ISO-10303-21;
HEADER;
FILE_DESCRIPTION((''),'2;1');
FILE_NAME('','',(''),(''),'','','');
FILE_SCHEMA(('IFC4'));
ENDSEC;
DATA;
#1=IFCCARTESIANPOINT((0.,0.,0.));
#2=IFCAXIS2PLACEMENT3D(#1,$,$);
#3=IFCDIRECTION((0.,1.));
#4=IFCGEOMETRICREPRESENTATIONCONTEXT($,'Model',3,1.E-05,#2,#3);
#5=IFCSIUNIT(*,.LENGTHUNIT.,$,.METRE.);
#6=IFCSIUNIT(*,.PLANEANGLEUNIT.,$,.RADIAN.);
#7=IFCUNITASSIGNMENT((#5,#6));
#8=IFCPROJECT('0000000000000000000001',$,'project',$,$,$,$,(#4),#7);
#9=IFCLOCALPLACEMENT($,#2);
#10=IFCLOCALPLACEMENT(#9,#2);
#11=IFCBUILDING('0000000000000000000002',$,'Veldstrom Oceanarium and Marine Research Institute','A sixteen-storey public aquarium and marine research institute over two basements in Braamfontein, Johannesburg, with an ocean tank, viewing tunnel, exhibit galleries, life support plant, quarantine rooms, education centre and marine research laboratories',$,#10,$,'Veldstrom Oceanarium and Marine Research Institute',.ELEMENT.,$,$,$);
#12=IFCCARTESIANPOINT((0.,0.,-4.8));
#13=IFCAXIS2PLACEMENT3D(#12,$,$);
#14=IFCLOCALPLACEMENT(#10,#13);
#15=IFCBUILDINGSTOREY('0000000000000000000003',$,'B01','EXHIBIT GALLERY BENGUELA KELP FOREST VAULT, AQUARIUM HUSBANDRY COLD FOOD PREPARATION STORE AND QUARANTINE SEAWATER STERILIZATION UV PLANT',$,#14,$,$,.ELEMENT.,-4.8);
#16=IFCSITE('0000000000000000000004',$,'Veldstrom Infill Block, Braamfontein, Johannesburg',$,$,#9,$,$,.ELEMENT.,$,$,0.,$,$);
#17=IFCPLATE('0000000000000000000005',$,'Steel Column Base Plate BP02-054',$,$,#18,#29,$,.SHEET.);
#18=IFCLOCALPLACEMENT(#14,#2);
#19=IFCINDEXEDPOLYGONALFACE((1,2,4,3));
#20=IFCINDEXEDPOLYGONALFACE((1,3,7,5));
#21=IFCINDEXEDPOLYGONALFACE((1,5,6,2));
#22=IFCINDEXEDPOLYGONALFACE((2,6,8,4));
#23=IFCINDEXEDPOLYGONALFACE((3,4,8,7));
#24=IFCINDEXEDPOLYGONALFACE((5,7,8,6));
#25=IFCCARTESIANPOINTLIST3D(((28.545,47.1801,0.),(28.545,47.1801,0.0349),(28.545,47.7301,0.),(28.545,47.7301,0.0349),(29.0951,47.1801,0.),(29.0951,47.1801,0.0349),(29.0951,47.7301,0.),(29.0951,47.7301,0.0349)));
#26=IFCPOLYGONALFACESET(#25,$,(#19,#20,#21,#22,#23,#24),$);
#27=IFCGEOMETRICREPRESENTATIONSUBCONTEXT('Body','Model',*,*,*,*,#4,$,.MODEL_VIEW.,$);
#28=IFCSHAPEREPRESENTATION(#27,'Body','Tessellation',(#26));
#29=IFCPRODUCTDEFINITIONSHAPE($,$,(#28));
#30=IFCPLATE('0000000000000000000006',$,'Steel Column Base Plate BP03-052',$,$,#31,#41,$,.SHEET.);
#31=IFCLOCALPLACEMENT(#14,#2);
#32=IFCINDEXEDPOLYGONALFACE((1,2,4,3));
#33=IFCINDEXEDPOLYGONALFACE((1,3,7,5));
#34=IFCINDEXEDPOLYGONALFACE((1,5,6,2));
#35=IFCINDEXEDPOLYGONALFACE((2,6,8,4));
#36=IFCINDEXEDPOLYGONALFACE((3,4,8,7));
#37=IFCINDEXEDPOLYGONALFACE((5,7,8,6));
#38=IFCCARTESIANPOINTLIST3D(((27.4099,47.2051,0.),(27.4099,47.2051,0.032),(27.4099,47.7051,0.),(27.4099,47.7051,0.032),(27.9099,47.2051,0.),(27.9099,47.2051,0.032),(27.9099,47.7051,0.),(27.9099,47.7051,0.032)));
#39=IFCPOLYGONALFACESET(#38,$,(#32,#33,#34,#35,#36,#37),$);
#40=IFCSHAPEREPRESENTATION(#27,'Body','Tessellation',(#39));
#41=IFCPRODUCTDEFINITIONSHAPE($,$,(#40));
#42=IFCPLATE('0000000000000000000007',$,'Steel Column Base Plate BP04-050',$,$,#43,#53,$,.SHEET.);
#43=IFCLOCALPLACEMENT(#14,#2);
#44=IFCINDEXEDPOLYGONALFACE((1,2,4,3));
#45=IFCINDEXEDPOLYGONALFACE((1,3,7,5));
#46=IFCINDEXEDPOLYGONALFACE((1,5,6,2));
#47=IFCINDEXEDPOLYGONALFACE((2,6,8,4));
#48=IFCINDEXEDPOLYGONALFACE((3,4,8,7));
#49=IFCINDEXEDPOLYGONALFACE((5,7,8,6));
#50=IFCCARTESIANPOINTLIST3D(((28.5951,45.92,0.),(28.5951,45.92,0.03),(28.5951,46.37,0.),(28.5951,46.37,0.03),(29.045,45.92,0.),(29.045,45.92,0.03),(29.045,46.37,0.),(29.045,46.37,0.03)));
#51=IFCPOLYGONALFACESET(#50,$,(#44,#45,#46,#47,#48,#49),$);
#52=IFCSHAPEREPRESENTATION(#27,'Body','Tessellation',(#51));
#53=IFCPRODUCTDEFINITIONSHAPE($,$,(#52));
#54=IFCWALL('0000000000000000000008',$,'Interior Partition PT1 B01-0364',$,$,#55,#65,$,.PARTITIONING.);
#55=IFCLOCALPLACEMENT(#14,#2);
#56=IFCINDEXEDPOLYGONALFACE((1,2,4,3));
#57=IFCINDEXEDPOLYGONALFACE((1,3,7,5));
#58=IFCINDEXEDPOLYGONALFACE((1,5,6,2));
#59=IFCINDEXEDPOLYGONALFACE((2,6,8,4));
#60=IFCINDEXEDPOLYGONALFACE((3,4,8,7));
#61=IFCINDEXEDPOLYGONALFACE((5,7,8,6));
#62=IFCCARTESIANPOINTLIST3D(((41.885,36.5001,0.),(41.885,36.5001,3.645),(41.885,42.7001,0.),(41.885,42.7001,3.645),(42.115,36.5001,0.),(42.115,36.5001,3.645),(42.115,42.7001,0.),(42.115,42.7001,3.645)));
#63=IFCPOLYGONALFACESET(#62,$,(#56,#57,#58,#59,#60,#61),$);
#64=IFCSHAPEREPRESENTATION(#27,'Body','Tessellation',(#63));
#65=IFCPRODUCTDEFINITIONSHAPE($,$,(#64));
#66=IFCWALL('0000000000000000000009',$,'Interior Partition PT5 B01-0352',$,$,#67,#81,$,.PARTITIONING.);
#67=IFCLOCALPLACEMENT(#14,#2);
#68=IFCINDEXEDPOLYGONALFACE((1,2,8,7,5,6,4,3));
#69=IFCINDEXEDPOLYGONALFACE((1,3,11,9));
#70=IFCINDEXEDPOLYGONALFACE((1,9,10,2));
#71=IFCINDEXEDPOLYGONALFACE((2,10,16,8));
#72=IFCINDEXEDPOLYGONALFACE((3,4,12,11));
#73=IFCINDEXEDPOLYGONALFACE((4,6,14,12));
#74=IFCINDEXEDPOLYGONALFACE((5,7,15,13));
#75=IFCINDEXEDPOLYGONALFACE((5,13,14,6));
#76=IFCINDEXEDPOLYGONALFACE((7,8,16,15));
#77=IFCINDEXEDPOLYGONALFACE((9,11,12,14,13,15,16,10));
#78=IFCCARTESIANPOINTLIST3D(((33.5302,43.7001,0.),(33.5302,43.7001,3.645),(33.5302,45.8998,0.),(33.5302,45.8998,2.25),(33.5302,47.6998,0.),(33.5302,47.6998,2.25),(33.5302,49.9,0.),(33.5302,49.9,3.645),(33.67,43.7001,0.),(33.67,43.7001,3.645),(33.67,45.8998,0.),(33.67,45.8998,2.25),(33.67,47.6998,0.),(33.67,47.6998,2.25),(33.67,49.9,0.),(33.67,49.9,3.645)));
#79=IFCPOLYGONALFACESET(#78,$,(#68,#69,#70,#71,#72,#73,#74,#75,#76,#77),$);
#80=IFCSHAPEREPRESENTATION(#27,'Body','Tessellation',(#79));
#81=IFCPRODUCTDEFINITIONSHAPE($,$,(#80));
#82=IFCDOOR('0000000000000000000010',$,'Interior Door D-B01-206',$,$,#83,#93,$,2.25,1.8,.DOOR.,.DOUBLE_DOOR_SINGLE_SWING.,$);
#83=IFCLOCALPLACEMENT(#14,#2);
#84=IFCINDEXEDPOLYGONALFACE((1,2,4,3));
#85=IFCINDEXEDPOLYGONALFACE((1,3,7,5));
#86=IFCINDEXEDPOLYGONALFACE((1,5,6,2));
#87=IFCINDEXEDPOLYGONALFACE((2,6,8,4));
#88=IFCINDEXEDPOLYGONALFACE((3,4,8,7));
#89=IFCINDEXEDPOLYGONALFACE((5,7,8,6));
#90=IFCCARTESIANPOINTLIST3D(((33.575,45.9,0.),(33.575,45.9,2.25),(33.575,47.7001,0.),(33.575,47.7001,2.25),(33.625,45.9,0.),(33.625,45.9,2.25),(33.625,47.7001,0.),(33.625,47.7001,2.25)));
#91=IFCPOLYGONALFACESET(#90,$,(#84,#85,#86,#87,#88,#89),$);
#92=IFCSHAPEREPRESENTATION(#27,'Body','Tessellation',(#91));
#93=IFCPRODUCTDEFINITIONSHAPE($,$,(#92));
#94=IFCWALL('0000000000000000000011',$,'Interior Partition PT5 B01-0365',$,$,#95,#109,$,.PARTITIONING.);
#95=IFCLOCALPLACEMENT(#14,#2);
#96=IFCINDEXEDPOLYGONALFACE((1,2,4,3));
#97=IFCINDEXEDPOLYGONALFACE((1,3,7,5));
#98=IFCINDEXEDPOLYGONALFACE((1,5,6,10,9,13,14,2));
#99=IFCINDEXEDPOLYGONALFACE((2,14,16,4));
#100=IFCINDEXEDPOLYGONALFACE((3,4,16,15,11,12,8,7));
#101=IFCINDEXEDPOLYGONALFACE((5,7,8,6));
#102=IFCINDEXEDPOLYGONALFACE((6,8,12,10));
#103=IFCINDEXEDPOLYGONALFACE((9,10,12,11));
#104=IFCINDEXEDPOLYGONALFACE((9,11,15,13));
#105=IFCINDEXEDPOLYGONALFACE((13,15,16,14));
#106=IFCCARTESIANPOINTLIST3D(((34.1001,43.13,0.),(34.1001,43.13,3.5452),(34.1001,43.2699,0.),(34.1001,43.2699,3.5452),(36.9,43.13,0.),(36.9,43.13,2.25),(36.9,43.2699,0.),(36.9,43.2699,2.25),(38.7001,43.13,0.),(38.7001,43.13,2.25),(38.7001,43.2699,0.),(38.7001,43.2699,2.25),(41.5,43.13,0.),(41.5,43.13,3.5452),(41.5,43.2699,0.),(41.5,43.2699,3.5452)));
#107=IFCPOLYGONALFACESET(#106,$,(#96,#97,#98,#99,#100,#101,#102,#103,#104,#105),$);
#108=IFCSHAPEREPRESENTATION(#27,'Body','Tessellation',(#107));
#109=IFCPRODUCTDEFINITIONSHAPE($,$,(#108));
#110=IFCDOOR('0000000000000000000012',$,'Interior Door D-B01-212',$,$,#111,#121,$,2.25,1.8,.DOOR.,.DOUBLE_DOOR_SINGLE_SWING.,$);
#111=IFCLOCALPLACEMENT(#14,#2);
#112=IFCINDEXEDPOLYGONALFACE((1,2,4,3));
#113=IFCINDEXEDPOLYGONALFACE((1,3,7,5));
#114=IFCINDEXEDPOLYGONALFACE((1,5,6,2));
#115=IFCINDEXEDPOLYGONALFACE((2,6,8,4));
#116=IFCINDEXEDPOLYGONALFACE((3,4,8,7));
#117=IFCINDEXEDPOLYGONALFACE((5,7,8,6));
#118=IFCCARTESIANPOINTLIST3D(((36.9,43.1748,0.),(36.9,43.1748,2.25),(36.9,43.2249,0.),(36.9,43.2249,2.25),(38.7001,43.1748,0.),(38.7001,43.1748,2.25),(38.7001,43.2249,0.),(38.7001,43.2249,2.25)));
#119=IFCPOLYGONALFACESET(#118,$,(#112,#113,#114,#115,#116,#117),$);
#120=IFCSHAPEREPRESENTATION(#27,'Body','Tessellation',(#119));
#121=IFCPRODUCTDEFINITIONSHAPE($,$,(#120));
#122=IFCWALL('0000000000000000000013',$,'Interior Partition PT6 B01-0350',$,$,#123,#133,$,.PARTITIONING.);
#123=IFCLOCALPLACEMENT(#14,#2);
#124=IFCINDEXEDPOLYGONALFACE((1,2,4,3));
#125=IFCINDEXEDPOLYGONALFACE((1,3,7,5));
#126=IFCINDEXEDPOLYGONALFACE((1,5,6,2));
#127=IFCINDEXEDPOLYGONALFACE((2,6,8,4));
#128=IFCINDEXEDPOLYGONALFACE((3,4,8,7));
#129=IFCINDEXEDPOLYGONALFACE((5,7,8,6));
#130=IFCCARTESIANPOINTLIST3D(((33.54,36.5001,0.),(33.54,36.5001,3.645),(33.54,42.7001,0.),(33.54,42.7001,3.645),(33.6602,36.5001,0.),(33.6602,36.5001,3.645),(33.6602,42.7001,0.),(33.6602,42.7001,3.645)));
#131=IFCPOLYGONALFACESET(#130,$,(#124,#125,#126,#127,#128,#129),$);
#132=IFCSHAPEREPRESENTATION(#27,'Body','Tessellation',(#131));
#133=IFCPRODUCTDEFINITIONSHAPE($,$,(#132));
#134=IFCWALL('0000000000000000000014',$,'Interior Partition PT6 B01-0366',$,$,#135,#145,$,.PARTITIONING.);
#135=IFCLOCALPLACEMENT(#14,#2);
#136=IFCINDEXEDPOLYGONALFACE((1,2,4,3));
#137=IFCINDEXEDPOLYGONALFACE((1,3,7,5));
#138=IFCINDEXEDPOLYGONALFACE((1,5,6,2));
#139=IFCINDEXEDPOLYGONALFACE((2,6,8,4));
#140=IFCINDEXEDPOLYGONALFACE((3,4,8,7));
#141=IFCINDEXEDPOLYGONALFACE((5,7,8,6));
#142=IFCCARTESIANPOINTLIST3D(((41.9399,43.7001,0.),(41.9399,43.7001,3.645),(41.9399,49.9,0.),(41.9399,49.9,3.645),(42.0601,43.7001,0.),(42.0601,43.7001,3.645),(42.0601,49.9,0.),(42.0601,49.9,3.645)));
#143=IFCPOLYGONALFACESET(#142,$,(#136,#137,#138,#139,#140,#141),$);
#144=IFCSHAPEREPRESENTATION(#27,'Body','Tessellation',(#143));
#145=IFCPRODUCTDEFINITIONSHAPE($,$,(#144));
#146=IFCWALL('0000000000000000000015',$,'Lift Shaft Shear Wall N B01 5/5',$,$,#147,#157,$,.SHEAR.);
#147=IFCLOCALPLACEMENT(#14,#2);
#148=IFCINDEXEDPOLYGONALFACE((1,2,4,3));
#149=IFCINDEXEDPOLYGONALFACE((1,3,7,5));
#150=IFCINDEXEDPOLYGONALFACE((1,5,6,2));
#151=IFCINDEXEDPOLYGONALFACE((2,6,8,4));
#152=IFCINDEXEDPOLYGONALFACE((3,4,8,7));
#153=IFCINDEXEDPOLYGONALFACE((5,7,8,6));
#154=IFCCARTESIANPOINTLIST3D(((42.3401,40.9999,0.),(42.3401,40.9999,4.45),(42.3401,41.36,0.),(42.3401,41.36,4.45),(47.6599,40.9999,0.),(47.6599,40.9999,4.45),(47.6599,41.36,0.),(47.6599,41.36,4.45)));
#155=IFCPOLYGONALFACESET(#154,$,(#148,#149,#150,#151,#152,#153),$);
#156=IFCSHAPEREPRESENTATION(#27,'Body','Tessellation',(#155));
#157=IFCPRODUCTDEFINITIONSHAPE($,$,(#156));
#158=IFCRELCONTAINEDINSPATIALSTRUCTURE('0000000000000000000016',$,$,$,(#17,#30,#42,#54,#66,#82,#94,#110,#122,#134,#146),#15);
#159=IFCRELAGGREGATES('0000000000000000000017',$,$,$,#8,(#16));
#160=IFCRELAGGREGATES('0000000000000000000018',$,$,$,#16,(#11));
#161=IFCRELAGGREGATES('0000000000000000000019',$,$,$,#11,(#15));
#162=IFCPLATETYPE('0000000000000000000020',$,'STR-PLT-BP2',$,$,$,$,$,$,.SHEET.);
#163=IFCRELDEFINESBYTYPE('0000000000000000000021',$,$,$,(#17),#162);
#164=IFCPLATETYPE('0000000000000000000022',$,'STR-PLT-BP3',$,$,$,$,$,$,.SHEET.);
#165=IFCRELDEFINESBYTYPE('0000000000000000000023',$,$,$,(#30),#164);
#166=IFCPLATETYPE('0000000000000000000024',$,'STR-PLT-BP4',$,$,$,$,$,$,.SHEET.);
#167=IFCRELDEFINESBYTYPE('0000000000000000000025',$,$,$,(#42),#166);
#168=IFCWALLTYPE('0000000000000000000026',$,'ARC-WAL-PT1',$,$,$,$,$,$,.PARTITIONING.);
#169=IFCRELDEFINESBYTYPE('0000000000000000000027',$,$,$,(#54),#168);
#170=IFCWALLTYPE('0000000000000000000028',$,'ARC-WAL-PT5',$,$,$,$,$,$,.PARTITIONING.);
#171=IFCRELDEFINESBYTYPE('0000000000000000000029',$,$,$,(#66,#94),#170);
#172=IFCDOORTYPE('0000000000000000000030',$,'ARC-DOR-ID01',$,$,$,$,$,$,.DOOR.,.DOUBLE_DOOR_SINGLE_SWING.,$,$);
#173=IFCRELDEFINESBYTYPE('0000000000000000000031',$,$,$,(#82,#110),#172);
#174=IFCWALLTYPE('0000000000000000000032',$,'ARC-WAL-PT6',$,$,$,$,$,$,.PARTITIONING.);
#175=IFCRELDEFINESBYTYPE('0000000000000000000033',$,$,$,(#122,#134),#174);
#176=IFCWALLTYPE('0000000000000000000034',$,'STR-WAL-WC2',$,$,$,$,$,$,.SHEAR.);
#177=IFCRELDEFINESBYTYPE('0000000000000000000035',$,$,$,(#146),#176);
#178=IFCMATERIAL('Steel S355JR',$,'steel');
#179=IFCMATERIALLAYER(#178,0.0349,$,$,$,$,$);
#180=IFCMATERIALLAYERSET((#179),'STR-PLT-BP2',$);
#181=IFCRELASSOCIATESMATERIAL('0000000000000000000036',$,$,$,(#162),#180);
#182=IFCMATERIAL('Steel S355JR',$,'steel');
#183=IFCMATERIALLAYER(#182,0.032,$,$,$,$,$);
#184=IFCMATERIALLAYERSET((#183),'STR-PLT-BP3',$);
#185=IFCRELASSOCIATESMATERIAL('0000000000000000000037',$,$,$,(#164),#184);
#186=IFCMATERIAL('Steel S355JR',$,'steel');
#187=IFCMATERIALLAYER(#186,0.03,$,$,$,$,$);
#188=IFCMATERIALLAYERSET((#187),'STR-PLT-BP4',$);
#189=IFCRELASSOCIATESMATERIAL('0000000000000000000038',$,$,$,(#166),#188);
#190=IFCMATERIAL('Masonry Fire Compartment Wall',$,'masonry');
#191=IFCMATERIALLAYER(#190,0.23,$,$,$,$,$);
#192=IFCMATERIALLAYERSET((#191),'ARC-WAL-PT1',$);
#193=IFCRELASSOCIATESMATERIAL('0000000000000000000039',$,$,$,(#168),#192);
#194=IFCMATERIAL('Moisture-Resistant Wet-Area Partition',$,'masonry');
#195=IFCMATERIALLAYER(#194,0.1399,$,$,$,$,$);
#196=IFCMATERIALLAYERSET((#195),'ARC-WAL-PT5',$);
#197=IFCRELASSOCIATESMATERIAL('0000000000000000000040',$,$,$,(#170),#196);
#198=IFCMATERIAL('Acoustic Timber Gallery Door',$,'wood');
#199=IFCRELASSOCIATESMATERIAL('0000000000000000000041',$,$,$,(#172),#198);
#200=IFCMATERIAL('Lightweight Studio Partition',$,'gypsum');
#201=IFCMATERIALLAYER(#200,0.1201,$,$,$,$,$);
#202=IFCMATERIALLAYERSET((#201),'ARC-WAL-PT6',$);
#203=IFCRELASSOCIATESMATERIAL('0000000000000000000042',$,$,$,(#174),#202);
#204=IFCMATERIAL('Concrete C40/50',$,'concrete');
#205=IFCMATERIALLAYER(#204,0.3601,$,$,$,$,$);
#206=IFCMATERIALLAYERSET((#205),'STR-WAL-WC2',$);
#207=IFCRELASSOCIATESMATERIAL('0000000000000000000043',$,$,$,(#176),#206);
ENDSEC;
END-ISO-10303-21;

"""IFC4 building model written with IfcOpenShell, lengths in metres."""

from ifc_helpers import new_model, si_unit, direction, frame, frame_2d, origin, origin_2d, place, context, subcontext, project, spatial, rectangle, extrude, material, layer, layer_set, type_object, element, fill, save


model = new_model("IFC4")

# Units and contexts
model_context = context("Model", 3, precision=1e-05, world=origin(), true_north=direction((0.0, 1.0)))
body_context = subcontext(model_context, "Body", "Model", "MODEL_VIEW")
ifc_project = project(units=[si_unit("LENGTHUNIT", "METRE"), si_unit("PLANEANGLEUNIT", "RADIAN")], contexts=[model_context])

# Site, building, storey
site_placement = place(None, origin())
site = spatial("IfcSite", under=ifc_project, at=site_placement, Name="Veldstrom Infill Block, Braamfontein, Johannesburg", CompositionType="ELEMENT", RefElevation=0.0)
building_placement = place(site_placement, origin())
building = spatial("IfcBuilding", under=site, at=building_placement, Name="Veldstrom Oceanarium and Marine Research Institute", Description="A sixteen-storey public aquarium and marine research institute over two basements in Braamfontein, Johannesburg, with an ocean tank, viewing tunnel, exhibit galleries, life support plant, quarantine rooms, education centre and marine research laboratories", LongName="Veldstrom Oceanarium and Marine Research Institute", CompositionType="ELEMENT")
storey_placement = place(building_placement, frame((0.0, 0.0, -4.8)))
storey = spatial("IfcBuildingStorey", under=building, at=storey_placement, Name="B01", Description="EXHIBIT GALLERY BENGUELA KELP FOREST VAULT, AQUARIUM HUSBANDRY COLD FOOD PREPARATION STORE AND QUARANTINE SEAWATER STERILIZATION UV PLANT", CompositionType="ELEMENT", Elevation=-4.8)

# Plates
ifc_material_1 = material(Name="Steel S355JR", Category="steel")
ifc_layer_1 = layer(ifc_material_1, 0.0349)
ifc_layer_set_1 = layer_set([ifc_layer_1], Name="STR-PLT-BP2")
plate_type_1 = type_object("IfcPlateType", Name="STR-PLT-BP2", PredefinedType="SHEET", material=ifc_layer_set_1)
plate_1_placement = place(storey_placement, frame((28.8201, 47.4551, 0.0), z_axis=(0.0, 0.0, 1.0), x_axis=(1.0, 0.0, 0.0)))
element("IfcPlate", 1, at=plate_1_placement, inside=storey, type_object=plate_type_1, Name="Steel Column Base Plate BP02-054", PredefinedType="SHEET", context=body_context, shape_type="SweptSolid", body=[
    extrude(rectangle(XDim=0.55, YDim=0.55, at=origin_2d()), origin(), (0.0, 0.0, 1.0), 0.0349),
])
ifc_material_2 = material(Name="Steel S355JR", Category="steel")
ifc_layer_2 = layer(ifc_material_2, 0.032)
ifc_layer_set_2 = layer_set([ifc_layer_2], Name="STR-PLT-BP3")
plate_type_2 = type_object("IfcPlateType", Name="STR-PLT-BP3", PredefinedType="SHEET", material=ifc_layer_set_2)
plate_2_placement = place(storey_placement, frame((27.6599, 47.4551, 0.0), z_axis=(0.0, 0.0, 1.0), x_axis=(1.0, 0.0, 0.0)))
element("IfcPlate", 2, at=plate_2_placement, inside=storey, type_object=plate_type_2, Name="Steel Column Base Plate BP03-052", PredefinedType="SHEET", context=body_context, shape_type="SweptSolid", body=[
    extrude(rectangle(XDim=0.5, YDim=0.5, at=origin_2d()), origin(), (0.0, 0.0, 1.0), 0.032),
])
ifc_material_3 = material(Name="Steel S355JR", Category="steel")
ifc_layer_3 = layer(ifc_material_3, 0.03)
ifc_layer_set_3 = layer_set([ifc_layer_3], Name="STR-PLT-BP4")
plate_type_3 = type_object("IfcPlateType", Name="STR-PLT-BP4", PredefinedType="SHEET", material=ifc_layer_set_3)
plate_3_placement = place(storey_placement, frame((28.8201, 46.145, 0.0), z_axis=(0.0, 0.0, 1.0), x_axis=(1.0, 0.0, 0.0)))
element("IfcPlate", 3, at=plate_3_placement, inside=storey, type_object=plate_type_3, Name="Steel Column Base Plate BP04-050", PredefinedType="SHEET", context=body_context, shape_type="SweptSolid", body=[
    extrude(rectangle(XDim=0.45, YDim=0.45, at=origin_2d()), origin(), (0.0, 0.0, 1.0), 0.03),
])

# Wall
ifc_material_4 = material(Name="Masonry Fire Compartment Wall", Category="masonry")
ifc_layer_4 = layer(ifc_material_4, 0.23)
ifc_layer_set_4 = layer_set([ifc_layer_4], Name="ARC-WAL-PT1")
wall_type_1 = type_object("IfcWallType", Name="ARC-WAL-PT1", PredefinedType="PARTITIONING", material=ifc_layer_set_4)
wall_1_placement = place(storey_placement, frame((42.0, 36.5, 0.0), z_axis=(0.0, 0.0, 1.0), x_axis=(0.0, 1.0, 0.0)))
element("IfcWall", 4, at=wall_1_placement, inside=storey, type_object=wall_type_1, Name="Interior Partition PT1 B01-0364", PredefinedType="PARTITIONING", context=body_context, shape_type="SweptSolid", body=[
    extrude(rectangle(XDim=6.2, YDim=0.23, at=frame_2d((3.1001, 0.0))), origin(), (0.0, 0.0, 1.0), 3.645),
])

# Walls, openings, doors
ifc_material_5 = material(Name="Moisture-Resistant Wet-Area Partition", Category="masonry")
ifc_layer_5 = layer(ifc_material_5, 0.1399)
ifc_layer_set_5 = layer_set([ifc_layer_5], Name="ARC-WAL-PT5")
wall_type_2 = type_object("IfcWallType", Name="ARC-WAL-PT5", PredefinedType="PARTITIONING", material=ifc_layer_set_5)
wall_2_placement = place(storey_placement, frame((33.6001, 43.7, 0.0), z_axis=(0.0, 0.0, 1.0), x_axis=(0.0, 1.0, 0.0)))
wall_2 = element("IfcWall", 5, at=wall_2_placement, inside=storey, type_object=wall_type_2, Name="Interior Partition PT5 B01-0352", PredefinedType="PARTITIONING", context=body_context, shape_type="SweptSolid", body=[
    extrude(rectangle(XDim=6.2, YDim=0.1399, at=frame_2d((3.1001, 0.0))), origin(), (0.0, 0.0, 1.0), 3.645),
])
opening_1_placement = place(wall_2_placement, frame((2.2, 0.0, 0.0)))
opening_1 = element("IfcOpeningElement", 6, at=opening_1_placement, cuts=wall_2, PredefinedType="OPENING", context=body_context, shape_type="SweptSolid", body=[
    extrude(rectangle(XDim=1.8, YDim=2.25, at=frame_2d((0.8999, 1.125))), frame((0.0, 0.0798, 0.0), z_axis=(0.0, -1.0, 0.0), x_axis=(1.0, 0.0, 0.0)), (0.0, 0.0, 1.0), 0.1599),
])
ifc_material_6 = material(Name="Acoustic Timber Gallery Door", Category="wood")
door_type_1 = type_object("IfcDoorType", Name="ARC-DOR-ID01", OperationType="DOUBLE_DOOR_SINGLE_SWING", PredefinedType="DOOR", material=ifc_material_6)
door_1_placement = place(opening_1_placement, frame((1.8, 0.0, 0.0), z_axis=(0.0, 0.0, 1.0), x_axis=(-1.0, 0.0, 0.0)))
door_1 = element("IfcDoor", 7, at=door_1_placement, inside=storey, type_object=door_type_1, Name="Interior Door D-B01-206", OperationType="DOUBLE_DOOR_SINGLE_SWING", OverallHeight=2.25, OverallWidth=1.8, PredefinedType="DOOR", context=body_context, shape_type="SweptSolid", body=[
    extrude(rectangle(XDim=1.8, YDim=2.25, at=frame_2d((0.8999, 1.125))), frame((0.0, 0.0249, 0.0), z_axis=(0.0, -1.0, 0.0), x_axis=(1.0, 0.0, 0.0)), (0.0, 0.0, 1.0), 0.05),
])
fill(opening_1, door_1)
wall_3_placement = place(storey_placement, frame((34.1001, 43.2, 0.0), z_axis=(0.0, 0.0, 1.0), x_axis=(1.0, 0.0, 0.0)))
wall_3 = element("IfcWall", 8, at=wall_3_placement, inside=storey, type_object=wall_type_2, Name="Interior Partition PT5 B01-0365", PredefinedType="PARTITIONING", context=body_context, shape_type="SweptSolid", body=[
    extrude(rectangle(XDim=7.3999, YDim=0.1399, at=frame_2d((3.7, 0.0))), origin(), (0.0, 0.0, 1.0), 3.5452),
])
opening_2_placement = place(wall_3_placement, frame((2.8, 0.0, 0.0)))
opening_2 = element("IfcOpeningElement", 9, at=opening_2_placement, cuts=wall_3, PredefinedType="OPENING", context=body_context, shape_type="SweptSolid", body=[
    extrude(rectangle(XDim=1.8, YDim=2.25, at=frame_2d((0.8999, 1.125))), frame((0.0, 0.0798, 0.0), z_axis=(0.0, -1.0, 0.0), x_axis=(1.0, 0.0, 0.0)), (0.0, 0.0, 1.0), 0.1599),
])
door_2_placement = place(opening_2_placement, origin())
door_2 = element("IfcDoor", 10, at=door_2_placement, inside=storey, type_object=door_type_1, Name="Interior Door D-B01-212", OperationType="DOUBLE_DOOR_SINGLE_SWING", OverallHeight=2.25, OverallWidth=1.8, PredefinedType="DOOR", context=body_context, shape_type="SweptSolid", body=[
    extrude(rectangle(XDim=1.8, YDim=2.25, at=frame_2d((0.8999, 1.125))), frame((0.0, 0.0249, 0.0), z_axis=(0.0, -1.0, 0.0), x_axis=(1.0, 0.0, 0.0)), (0.0, 0.0, 1.0), 0.05),
])
fill(opening_2, door_2)

# Walls
ifc_material_7 = material(Name="Lightweight Studio Partition", Category="gypsum")
ifc_layer_6 = layer(ifc_material_7, 0.1201)
ifc_layer_set_6 = layer_set([ifc_layer_6], Name="ARC-WAL-PT6")
wall_type_3 = type_object("IfcWallType", Name="ARC-WAL-PT6", PredefinedType="PARTITIONING", material=ifc_layer_set_6)
for number, where, z_axis, x_axis, name in (
    (11, (33.6001, 36.5, 0.0), (0.0, 0.0, 1.0), (0.0, 1.0, 0.0), "Interior Partition PT6 B01-0350"),
    (12, (42.0, 43.7, 0.0), (0.0, 0.0, 1.0), (0.0, 1.0, 0.0), "Interior Partition PT6 B01-0366"),
):
    element("IfcWall", number, at=place(storey_placement, frame(where, z_axis=z_axis, x_axis=x_axis)), inside=storey, type_object=wall_type_3, Name=name, PredefinedType="PARTITIONING", context=body_context, shape_type="SweptSolid", body=[
        extrude(rectangle(XDim=6.2, YDim=0.1201, at=frame_2d((3.1001, 0.0))), origin(), (0.0, 0.0, 1.0), 3.645),
    ])
ifc_material_8 = material(Name="Concrete C40/50", Category="concrete")
ifc_layer_7 = layer(ifc_material_8, 0.3601)
ifc_layer_set_7 = layer_set([ifc_layer_7], Name="STR-WAL-WC2")
wall_type_4 = type_object("IfcWallType", Name="STR-WAL-WC2", PredefinedType="SHEAR", material=ifc_layer_set_7)
wall_4_placement = place(storey_placement, frame((42.3401, 41.1799, 0.0), z_axis=(0.0, 0.0, 1.0), x_axis=(1.0, 0.0, 0.0)))
element("IfcWall", 13, at=wall_4_placement, inside=storey, type_object=wall_type_4, Name="Lift Shaft Shear Wall N B01 5/5", PredefinedType="SHEAR", context=body_context, shape_type="SweptSolid", body=[
    extrude(rectangle(XDim=5.3198, YDim=0.3601, at=frame_2d((2.6599, 0.0))), origin(), (0.0, 0.0, 1.0), 4.45),
])

save(model, "model.ifc")
